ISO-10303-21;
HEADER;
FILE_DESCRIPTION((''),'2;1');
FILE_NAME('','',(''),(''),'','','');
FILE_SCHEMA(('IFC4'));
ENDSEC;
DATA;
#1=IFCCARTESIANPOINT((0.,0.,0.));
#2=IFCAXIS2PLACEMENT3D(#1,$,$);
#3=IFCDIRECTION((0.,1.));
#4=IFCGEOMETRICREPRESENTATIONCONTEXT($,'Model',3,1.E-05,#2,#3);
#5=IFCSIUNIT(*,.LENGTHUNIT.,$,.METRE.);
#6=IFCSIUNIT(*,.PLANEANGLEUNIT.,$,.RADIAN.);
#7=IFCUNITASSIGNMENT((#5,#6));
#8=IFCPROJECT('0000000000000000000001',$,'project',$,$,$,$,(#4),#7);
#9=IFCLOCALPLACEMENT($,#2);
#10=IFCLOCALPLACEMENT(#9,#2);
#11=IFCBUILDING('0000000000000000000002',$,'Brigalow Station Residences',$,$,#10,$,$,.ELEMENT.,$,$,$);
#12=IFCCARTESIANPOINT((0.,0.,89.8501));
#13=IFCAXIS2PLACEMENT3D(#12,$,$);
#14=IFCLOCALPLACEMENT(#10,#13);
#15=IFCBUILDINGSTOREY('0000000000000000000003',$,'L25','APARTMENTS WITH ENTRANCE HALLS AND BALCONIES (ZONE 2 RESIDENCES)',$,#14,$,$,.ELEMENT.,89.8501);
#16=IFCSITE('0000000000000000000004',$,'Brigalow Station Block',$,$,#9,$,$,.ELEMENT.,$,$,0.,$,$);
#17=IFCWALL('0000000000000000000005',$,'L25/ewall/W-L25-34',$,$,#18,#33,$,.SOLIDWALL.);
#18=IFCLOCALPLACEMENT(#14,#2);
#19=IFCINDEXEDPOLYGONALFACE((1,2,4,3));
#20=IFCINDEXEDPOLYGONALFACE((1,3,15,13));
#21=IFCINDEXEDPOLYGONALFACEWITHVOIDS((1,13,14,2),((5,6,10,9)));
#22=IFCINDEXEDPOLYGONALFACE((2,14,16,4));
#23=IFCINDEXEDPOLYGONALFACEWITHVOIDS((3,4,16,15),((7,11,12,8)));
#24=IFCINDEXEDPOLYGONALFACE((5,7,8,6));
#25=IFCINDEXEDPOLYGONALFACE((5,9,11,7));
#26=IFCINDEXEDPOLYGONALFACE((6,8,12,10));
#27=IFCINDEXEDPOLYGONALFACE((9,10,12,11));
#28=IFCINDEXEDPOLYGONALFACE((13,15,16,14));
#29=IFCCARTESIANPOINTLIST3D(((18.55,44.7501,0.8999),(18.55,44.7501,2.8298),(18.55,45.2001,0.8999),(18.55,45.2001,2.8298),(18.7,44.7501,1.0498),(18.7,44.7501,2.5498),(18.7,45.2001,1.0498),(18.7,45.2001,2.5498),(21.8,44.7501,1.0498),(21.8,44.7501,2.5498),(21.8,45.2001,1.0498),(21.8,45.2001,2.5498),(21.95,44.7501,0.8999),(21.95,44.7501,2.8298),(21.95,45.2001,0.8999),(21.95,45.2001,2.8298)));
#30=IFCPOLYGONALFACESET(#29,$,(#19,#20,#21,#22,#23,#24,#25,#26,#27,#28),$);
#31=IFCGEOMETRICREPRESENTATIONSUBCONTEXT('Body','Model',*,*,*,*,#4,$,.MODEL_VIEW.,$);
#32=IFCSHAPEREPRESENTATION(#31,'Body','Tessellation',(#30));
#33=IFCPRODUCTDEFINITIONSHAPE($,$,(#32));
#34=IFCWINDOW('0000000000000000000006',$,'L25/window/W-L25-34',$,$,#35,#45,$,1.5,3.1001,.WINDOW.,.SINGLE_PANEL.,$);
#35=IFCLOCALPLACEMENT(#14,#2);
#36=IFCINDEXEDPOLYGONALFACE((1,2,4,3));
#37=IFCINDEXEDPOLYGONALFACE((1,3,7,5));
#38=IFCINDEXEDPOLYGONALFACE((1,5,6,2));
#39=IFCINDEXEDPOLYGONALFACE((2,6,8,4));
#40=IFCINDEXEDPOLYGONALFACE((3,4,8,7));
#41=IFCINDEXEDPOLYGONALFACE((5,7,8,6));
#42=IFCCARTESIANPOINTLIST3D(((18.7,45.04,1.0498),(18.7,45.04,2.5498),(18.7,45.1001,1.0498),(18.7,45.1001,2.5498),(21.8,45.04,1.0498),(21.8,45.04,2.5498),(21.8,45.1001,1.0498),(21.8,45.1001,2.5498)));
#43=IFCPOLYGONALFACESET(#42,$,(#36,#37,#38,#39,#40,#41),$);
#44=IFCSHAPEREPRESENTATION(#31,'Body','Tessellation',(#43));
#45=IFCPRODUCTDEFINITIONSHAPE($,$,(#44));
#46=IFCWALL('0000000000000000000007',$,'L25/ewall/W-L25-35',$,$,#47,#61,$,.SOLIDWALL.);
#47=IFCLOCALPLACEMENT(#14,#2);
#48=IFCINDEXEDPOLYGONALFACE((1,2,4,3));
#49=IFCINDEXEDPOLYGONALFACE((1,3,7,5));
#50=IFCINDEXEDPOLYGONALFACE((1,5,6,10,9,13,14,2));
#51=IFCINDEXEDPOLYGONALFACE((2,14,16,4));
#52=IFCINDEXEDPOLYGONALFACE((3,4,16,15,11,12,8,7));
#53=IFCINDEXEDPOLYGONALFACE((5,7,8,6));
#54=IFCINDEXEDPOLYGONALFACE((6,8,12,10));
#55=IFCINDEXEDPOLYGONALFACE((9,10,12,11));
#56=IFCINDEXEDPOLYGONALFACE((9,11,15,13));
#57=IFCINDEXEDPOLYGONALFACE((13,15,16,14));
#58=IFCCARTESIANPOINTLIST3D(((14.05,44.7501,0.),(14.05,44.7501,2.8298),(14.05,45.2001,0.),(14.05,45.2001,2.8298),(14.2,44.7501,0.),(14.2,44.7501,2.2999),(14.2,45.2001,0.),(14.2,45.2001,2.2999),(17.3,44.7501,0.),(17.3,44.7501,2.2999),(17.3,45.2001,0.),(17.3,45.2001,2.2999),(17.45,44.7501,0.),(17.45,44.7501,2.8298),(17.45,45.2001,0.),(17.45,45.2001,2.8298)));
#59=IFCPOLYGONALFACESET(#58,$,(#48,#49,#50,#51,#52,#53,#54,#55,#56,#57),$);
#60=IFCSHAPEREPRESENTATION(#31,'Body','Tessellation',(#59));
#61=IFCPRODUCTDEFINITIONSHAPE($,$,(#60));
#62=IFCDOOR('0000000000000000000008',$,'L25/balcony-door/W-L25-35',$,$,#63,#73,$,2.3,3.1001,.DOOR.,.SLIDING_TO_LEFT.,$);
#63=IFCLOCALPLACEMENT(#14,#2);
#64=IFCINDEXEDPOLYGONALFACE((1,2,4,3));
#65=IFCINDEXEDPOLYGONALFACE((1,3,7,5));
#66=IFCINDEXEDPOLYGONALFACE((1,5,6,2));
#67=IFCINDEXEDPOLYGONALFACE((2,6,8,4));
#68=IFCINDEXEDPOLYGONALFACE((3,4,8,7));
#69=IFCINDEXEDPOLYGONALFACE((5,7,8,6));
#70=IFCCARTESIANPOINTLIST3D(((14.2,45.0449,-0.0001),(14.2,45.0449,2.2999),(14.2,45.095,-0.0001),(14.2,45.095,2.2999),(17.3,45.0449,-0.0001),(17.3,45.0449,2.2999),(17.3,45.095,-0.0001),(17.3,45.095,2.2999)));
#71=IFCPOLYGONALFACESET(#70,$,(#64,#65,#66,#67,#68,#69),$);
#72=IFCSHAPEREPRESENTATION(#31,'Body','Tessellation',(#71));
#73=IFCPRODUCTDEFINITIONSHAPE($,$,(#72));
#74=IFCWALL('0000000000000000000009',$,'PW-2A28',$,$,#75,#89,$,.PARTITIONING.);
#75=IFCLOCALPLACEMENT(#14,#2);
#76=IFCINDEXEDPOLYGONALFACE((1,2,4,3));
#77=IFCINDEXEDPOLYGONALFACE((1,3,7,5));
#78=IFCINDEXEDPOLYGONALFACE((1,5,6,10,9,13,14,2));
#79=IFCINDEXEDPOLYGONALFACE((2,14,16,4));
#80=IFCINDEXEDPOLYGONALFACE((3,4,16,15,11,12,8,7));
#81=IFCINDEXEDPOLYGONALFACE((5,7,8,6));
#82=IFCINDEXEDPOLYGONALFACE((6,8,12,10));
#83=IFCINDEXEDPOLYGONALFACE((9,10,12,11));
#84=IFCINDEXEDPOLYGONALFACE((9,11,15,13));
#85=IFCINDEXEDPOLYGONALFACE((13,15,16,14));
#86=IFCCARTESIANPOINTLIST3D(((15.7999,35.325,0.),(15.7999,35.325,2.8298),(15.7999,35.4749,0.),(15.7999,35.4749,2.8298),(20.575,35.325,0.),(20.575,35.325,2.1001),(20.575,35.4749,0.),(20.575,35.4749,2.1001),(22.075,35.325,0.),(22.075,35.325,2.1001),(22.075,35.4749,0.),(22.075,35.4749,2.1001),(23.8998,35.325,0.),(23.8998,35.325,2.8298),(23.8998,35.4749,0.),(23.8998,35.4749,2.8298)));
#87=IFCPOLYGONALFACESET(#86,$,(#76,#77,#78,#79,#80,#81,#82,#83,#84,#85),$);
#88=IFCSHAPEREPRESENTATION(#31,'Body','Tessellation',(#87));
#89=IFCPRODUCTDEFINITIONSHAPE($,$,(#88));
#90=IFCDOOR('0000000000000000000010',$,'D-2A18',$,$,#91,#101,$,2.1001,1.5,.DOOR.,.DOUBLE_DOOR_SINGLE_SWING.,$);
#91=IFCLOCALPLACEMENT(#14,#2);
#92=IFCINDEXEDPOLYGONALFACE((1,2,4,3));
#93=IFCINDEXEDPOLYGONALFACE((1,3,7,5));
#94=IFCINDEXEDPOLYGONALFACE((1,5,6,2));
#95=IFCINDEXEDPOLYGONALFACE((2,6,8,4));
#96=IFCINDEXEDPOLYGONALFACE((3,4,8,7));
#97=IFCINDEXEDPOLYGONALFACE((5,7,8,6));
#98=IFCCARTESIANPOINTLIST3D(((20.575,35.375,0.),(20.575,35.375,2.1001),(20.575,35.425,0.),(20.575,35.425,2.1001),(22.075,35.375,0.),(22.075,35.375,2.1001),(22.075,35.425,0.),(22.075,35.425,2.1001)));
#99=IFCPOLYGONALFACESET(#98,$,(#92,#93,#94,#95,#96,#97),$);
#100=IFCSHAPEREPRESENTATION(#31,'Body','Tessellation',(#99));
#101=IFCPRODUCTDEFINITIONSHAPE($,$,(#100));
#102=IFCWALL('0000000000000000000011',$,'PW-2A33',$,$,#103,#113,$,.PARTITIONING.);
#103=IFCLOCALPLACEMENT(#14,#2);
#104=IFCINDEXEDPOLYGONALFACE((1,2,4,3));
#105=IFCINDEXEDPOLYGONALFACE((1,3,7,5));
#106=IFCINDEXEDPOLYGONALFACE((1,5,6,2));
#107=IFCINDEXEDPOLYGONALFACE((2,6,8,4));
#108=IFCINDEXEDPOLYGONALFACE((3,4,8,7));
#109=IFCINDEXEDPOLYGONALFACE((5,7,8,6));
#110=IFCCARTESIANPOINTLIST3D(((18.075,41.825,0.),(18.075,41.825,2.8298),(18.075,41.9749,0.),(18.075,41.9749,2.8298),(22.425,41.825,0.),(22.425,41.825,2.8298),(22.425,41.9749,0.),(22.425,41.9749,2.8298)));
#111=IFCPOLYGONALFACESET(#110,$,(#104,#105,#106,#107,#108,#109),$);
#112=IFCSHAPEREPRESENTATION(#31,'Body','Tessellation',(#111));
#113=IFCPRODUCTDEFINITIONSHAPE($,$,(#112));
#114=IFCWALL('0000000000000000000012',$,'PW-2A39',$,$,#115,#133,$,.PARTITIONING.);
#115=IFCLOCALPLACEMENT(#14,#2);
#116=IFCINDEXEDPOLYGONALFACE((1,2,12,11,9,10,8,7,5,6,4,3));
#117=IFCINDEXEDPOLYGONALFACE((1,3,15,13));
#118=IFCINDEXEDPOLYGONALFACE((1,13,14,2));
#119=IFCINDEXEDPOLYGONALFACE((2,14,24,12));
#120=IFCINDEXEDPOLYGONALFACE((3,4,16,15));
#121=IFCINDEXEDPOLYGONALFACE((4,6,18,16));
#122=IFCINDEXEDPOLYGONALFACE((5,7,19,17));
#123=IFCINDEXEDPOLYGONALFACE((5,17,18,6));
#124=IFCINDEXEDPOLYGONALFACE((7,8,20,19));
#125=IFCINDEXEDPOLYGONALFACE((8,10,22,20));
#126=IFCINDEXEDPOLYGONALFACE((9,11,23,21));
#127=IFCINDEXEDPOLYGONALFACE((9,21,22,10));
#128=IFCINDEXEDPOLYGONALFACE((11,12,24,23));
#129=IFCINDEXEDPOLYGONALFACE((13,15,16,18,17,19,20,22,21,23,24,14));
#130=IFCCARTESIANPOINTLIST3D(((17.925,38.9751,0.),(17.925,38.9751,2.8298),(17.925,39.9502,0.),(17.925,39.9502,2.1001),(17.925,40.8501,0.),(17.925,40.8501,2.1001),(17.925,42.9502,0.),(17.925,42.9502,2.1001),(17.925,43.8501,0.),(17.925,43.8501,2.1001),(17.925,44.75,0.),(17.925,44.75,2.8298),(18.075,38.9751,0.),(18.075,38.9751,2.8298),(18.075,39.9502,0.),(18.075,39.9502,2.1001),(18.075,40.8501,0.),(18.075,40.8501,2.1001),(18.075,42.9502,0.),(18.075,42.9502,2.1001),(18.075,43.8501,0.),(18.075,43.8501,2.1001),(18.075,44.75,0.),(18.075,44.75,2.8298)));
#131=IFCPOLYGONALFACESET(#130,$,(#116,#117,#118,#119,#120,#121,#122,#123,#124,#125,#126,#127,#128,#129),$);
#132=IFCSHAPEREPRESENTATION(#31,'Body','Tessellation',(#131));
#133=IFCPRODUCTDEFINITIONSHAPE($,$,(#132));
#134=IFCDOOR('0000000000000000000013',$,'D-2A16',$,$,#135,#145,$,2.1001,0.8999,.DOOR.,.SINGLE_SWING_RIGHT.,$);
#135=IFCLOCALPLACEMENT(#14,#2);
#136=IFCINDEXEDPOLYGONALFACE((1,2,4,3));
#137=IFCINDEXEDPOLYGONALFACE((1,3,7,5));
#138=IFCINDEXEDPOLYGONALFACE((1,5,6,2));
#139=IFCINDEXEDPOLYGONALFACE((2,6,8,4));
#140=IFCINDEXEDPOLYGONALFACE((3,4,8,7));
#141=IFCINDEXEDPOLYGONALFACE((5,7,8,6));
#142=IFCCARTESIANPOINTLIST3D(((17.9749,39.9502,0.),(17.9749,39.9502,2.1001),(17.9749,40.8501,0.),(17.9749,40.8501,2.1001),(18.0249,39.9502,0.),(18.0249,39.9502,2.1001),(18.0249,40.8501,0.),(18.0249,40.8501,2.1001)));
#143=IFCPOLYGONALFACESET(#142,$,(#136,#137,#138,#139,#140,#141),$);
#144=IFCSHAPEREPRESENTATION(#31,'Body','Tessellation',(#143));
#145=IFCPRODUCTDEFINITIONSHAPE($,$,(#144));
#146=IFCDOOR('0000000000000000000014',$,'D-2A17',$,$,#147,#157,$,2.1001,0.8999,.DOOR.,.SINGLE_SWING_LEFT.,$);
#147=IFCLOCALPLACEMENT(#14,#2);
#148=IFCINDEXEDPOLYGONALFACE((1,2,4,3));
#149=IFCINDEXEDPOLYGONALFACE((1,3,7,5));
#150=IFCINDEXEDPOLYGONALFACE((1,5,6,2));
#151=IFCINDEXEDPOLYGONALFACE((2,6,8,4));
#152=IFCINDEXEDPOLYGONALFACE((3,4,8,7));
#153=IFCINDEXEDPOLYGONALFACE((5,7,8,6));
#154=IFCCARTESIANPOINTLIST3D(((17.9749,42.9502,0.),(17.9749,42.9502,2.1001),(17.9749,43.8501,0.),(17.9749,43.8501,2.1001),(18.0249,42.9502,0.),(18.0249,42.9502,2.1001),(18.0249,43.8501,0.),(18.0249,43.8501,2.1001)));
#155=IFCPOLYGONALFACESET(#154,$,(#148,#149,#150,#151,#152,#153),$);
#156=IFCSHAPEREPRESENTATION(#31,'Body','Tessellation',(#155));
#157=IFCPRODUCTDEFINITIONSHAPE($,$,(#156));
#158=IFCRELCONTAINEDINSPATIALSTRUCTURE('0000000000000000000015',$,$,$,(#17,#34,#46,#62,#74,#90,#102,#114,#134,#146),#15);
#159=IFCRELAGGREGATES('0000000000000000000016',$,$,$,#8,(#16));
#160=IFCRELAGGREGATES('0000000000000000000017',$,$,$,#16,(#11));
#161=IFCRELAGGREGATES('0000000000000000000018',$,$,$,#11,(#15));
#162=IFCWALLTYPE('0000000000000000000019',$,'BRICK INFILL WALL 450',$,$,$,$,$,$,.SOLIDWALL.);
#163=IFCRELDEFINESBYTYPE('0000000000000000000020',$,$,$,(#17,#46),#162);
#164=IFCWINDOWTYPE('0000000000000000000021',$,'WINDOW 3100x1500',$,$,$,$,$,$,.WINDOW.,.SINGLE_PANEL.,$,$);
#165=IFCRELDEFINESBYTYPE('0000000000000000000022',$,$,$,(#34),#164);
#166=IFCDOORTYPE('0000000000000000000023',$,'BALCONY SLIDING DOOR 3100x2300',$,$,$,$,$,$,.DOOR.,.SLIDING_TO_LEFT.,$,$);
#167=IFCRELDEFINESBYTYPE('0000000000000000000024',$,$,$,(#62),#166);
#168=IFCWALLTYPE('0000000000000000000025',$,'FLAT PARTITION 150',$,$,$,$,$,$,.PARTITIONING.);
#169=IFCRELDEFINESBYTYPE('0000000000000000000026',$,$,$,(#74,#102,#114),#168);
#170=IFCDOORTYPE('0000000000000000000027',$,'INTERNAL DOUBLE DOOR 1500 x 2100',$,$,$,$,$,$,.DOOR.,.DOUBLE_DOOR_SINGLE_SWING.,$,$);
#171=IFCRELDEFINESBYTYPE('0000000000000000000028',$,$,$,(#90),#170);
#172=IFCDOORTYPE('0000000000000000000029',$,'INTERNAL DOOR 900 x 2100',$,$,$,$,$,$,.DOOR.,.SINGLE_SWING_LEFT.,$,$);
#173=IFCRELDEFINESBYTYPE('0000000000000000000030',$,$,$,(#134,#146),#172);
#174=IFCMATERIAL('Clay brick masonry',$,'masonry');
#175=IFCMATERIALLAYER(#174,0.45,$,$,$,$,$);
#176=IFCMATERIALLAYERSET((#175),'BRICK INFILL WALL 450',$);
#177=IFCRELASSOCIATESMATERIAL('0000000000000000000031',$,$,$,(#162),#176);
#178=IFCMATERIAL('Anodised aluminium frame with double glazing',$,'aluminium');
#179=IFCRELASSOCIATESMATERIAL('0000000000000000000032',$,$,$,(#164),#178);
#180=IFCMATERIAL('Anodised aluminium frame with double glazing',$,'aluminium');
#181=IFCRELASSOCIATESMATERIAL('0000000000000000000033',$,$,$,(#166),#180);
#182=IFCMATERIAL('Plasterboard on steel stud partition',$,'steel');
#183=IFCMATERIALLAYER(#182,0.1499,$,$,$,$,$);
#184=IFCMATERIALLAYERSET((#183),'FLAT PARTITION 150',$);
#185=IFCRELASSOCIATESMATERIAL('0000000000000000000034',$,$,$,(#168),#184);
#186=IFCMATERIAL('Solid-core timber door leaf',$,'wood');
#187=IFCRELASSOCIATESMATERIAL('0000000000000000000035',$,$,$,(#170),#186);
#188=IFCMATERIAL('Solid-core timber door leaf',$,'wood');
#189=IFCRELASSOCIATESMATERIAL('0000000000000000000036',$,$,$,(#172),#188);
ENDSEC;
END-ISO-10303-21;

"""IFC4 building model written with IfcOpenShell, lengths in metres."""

from ifc_helpers import new_model, si_unit, direction, frame, frame_2d, origin, place, context, subcontext, project, spatial, rectangle, extrude, material, layer, layer_set, type_object, element, fill, save


model = new_model("IFC4")

# Units and contexts
model_context = context("Model", 3, precision=1e-05, world=origin(), true_north=direction((0.0, 1.0)))
body_context = subcontext(model_context, "Body", "Model", "MODEL_VIEW")
ifc_project = project(units=[si_unit("LENGTHUNIT", "METRE"), si_unit("PLANEANGLEUNIT", "RADIAN")], contexts=[model_context])

# Site, building, storey
site_placement = place(None, origin())
site = spatial("IfcSite", under=ifc_project, at=site_placement, Name="Brigalow Station Block", CompositionType="ELEMENT", RefElevation=0.0)
building_placement = place(site_placement, origin())
building = spatial("IfcBuilding", under=site, at=building_placement, Name="Brigalow Station Residences", CompositionType="ELEMENT")
storey_placement = place(building_placement, frame((0.0, 0.0, 89.8501)))
storey = spatial("IfcBuildingStorey", under=building, at=storey_placement, Name="L25", Description="APARTMENTS WITH ENTRANCE HALLS AND BALCONIES (ZONE 2 RESIDENCES)", CompositionType="ELEMENT", Elevation=89.8501)

# Wall, opening, window
ifc_material_1 = material(Name="Clay brick masonry", Category="masonry")
ifc_layer_1 = layer(ifc_material_1, 0.45)
ifc_layer_set_1 = layer_set([ifc_layer_1], Name="BRICK INFILL WALL 450")
wall_type_1 = type_object("IfcWallType", Name="BRICK INFILL WALL 450", PredefinedType="SOLIDWALL", material=ifc_layer_set_1)
ifc_material_2 = material(Name="Anodised aluminium frame with double glazing", Category="aluminium")
window_type = type_object("IfcWindowType", Name="WINDOW 3100x1500", PartitioningType="SINGLE_PANEL", PredefinedType="WINDOW", material=ifc_material_2)
wall_1_placement = place(storey_placement, frame((21.95, 44.9751, 0.8999), z_axis=(0.0, 0.0, 1.0), x_axis=(-1.0, 0.0, 0.0)))
wall_1 = element("IfcWall", 1, at=wall_1_placement, inside=storey, type_object=wall_type_1, Name="L25/ewall/W-L25-34", PredefinedType="SOLIDWALL", context=body_context, shape_type="SweptSolid", body=[
    extrude(rectangle(XDim=3.3999, YDim=0.45, at=frame_2d((1.7, 0.0))), origin(), (0.0, 0.0, 1.0), 1.9299),
])
opening_1_placement = place(wall_1_placement, frame((0.1499, 0.0, 0.1499)))
opening_1 = element("IfcOpeningElement", 2, at=opening_1_placement, cuts=wall_1, PredefinedType="OPENING", context=body_context, shape_type="SweptSolid", body=[
    extrude(rectangle(XDim=3.1001, YDim=1.5, at=frame_2d((1.55, 0.75))), frame((0.0, 0.2349, 0.0), z_axis=(0.0, -1.0, 0.0), x_axis=(1.0, 0.0, 0.0)), (0.0, 0.0, 1.0), 0.47),
])
window_1_placement = place(opening_1_placement, origin())
window_1 = element("IfcWindow", 3, at=window_1_placement, inside=storey, type_object=window_type, Name="L25/window/W-L25-34", OverallHeight=1.5, OverallWidth=3.1001, PartitioningType="SINGLE_PANEL", PredefinedType="WINDOW", context=body_context, shape_type="SweptSolid", body=[
    extrude(rectangle(XDim=3.1001, YDim=1.5, at=frame_2d((1.55, 0.75))), frame((0.0, -0.0649, 0.0), z_axis=(0.0, -1.0, 0.0), x_axis=(1.0, 0.0, 0.0)), (0.0, 0.0, 1.0), 0.0601),
])
fill(opening_1, window_1)

# Walls, openings, doors
wall_2_placement = place(storey_placement, frame((17.45, 44.9751, 0.0), z_axis=(0.0, 0.0, 1.0), x_axis=(-1.0, 0.0, 0.0)))
wall_2 = element("IfcWall", 4, at=wall_2_placement, inside=storey, type_object=wall_type_1, Name="L25/ewall/W-L25-35", PredefinedType="SOLIDWALL", context=body_context, shape_type="SweptSolid", body=[
    extrude(rectangle(XDim=3.3999, YDim=0.45, at=frame_2d((1.7, 0.0))), origin(), (0.0, 0.0, 1.0), 2.8298),
])
opening_2_placement = place(wall_2_placement, frame((0.1499, 0.0, 0.0)))
opening_2 = element("IfcOpeningElement", 5, at=opening_2_placement, cuts=wall_2, PredefinedType="OPENING", context=body_context, shape_type="SweptSolid", body=[
    extrude(rectangle(XDim=3.1001, YDim=2.3, at=frame_2d((1.55, 1.1499))), frame((0.0, 0.2349, 0.0), z_axis=(0.0, -1.0, 0.0), x_axis=(1.0, 0.0, 0.0)), (0.0, 0.0, 1.0), 0.47),
])
ifc_material_3 = material(Name="Anodised aluminium frame with double glazing", Category="aluminium")
door_type_1 = type_object("IfcDoorType", Name="BALCONY SLIDING DOOR 3100x2300", OperationType="SLIDING_TO_LEFT", PredefinedType="DOOR", material=ifc_material_3)
door_1_placement = place(opening_2_placement, origin())
door_1 = element("IfcDoor", 6, at=door_1_placement, inside=storey, type_object=door_type_1, Name="L25/balcony-door/W-L25-35", OperationType="SLIDING_TO_LEFT", OverallHeight=2.3, OverallWidth=3.1001, PredefinedType="DOOR", context=body_context, shape_type="SweptSolid", body=[
    extrude(rectangle(XDim=3.1001, YDim=2.3, at=frame_2d((1.55, 1.1499))), frame((0.0, -0.0698, 0.0), z_axis=(0.0, -1.0, 0.0), x_axis=(1.0, 0.0, 0.0)), (0.0, 0.0, 1.0), 0.05),
])
fill(opening_2, door_1)
ifc_material_4 = material(Name="Plasterboard on steel stud partition", Category="steel")
ifc_layer_2 = layer(ifc_material_4, 0.1499)
ifc_layer_set_2 = layer_set([ifc_layer_2], Name="FLAT PARTITION 150")
wall_type_2 = type_object("IfcWallType", Name="FLAT PARTITION 150", PredefinedType="PARTITIONING", material=ifc_layer_set_2)
wall_3_placement = place(storey_placement, frame((15.8, 35.3999, 0.0), z_axis=(0.0, 0.0, 1.0), x_axis=(1.0, 0.0, 0.0)))
wall_3 = element("IfcWall", 7, at=wall_3_placement, inside=storey, type_object=wall_type_2, Name="PW-2A28", PredefinedType="PARTITIONING", context=body_context, shape_type="SweptSolid", body=[
    extrude(rectangle(XDim=8.0999, YDim=0.1499, at=frame_2d((4.0498, 0.0))), origin(), (0.0, 0.0, 1.0), 2.8298),
])
opening_3_placement = place(wall_3_placement, frame((4.7749, 0.0, 0.0)))
opening_3 = element("IfcOpeningElement", 8, at=opening_3_placement, cuts=wall_3, PredefinedType="OPENING", context=body_context, shape_type="SweptSolid", body=[
    extrude(rectangle(XDim=1.5, YDim=2.1001, at=frame_2d((0.75, 1.05))), frame((0.0, 0.085, 0.0), z_axis=(0.0, -1.0, 0.0), x_axis=(1.0, 0.0, 0.0)), (0.0, 0.0, 1.0), 0.1699),
])
ifc_material_5 = material(Name="Solid-core timber door leaf", Category="wood")
door_type_2 = type_object("IfcDoorType", Name="INTERNAL DOUBLE DOOR 1500 x 2100", OperationType="DOUBLE_DOOR_SINGLE_SWING", PredefinedType="DOOR", material=ifc_material_5)
door_2_placement = place(opening_3_placement, frame((1.5, 0.0, 0.0), z_axis=(0.0, 0.0, 1.0), x_axis=(-1.0, 0.0, 0.0)))
door_2 = element("IfcDoor", 9, at=door_2_placement, inside=storey, type_object=door_type_2, Name="D-2A18", OperationType="DOUBLE_DOOR_SINGLE_SWING", OverallHeight=2.1001, OverallWidth=1.5, PredefinedType="DOOR", context=body_context, shape_type="SweptSolid", body=[
    extrude(rectangle(XDim=1.5, YDim=2.1001, at=frame_2d((0.75, 1.05))), frame((0.0, 0.0249, 0.0), z_axis=(0.0, -1.0, 0.0), x_axis=(1.0, 0.0, 0.0)), (0.0, 0.0, 1.0), 0.05),
])
fill(opening_3, door_2)

# Wall
wall_4_placement = place(storey_placement, frame((18.075, 41.8999, 0.0), z_axis=(0.0, 0.0, 1.0), x_axis=(1.0, 0.0, 0.0)))
element("IfcWall", 10, at=wall_4_placement, inside=storey, type_object=wall_type_2, Name="PW-2A33", PredefinedType="PARTITIONING", context=body_context, shape_type="SweptSolid", body=[
    extrude(rectangle(XDim=4.3501, YDim=0.1499, at=frame_2d((2.175, 0.0))), origin(), (0.0, 0.0, 1.0), 2.8298),
])

# Wall, openings, doors
wall_5_placement = place(storey_placement, frame((18.0, 38.9751, 0.0), z_axis=(0.0, 0.0, 1.0), x_axis=(0.0, 1.0, 0.0)))
wall_5 = element("IfcWall", 11, at=wall_5_placement, inside=storey, type_object=wall_type_2, Name="PW-2A39", PredefinedType="PARTITIONING", context=body_context, shape_type="SweptSolid", body=[
    extrude(rectangle(XDim=5.7749, YDim=0.1499, at=frame_2d((2.8875, 0.0))), origin(), (0.0, 0.0, 1.0), 2.8298),
])
opening_4_placement = place(wall_5_placement, frame((0.9751, 0.0, 0.0)))
opening_4 = element("IfcOpeningElement", 12, at=opening_4_placement, cuts=wall_5, PredefinedType="OPENING", context=body_context, shape_type="SweptSolid", body=[
    extrude(rectangle(XDim=0.8999, YDim=2.1001, at=frame_2d((0.45, 1.05))), frame((0.0, 0.085, 0.0), z_axis=(0.0, -1.0, 0.0), x_axis=(1.0, 0.0, 0.0)), (0.0, 0.0, 1.0), 0.1699),
])
opening_5_placement = place(wall_5_placement, frame((3.9751, 0.0, 0.0)))
opening_5 = element("IfcOpeningElement", 13, at=opening_5_placement, cuts=wall_5, PredefinedType="OPENING", context=body_context, shape_type="SweptSolid", body=[
    extrude(rectangle(XDim=0.8999, YDim=2.1001, at=frame_2d((0.45, 1.05))), frame((0.0, 0.085, 0.0), z_axis=(0.0, -1.0, 0.0), x_axis=(1.0, 0.0, 0.0)), (0.0, 0.0, 1.0), 0.1699),
])
ifc_material_6 = material(Name="Solid-core timber door leaf", Category="wood")
door_type_3 = type_object("IfcDoorType", Name="INTERNAL DOOR 900 x 2100", OperationType="SINGLE_SWING_LEFT", PredefinedType="DOOR", material=ifc_material_6)
door_3_placement = place(opening_4_placement, frame((0.8999, 0.0, 0.0), z_axis=(0.0, 0.0, 1.0), x_axis=(-1.0, 0.0, 0.0)))
door_3 = element("IfcDoor", 14, at=door_3_placement, inside=storey, type_object=door_type_3, Name="D-2A16", OperationType="SINGLE_SWING_RIGHT", OverallHeight=2.1001, OverallWidth=0.8999, PredefinedType="DOOR", context=body_context, shape_type="SweptSolid", body=[
    extrude(rectangle(XDim=0.8999, YDim=2.1001, at=frame_2d((0.45, 1.05))), frame((0.0, 0.0249, 0.0), z_axis=(0.0, -1.0, 0.0), x_axis=(1.0, 0.0, 0.0)), (0.0, 0.0, 1.0), 0.05),
])
fill(opening_4, door_3)
door_4_placement = place(opening_5_placement, frame((0.8999, 0.0, 0.0), z_axis=(0.0, 0.0, 1.0), x_axis=(-1.0, 0.0, 0.0)))
door_4 = element("IfcDoor", 15, at=door_4_placement, inside=storey, type_object=door_type_3, Name="D-2A17", OperationType="SINGLE_SWING_LEFT", OverallHeight=2.1001, OverallWidth=0.8999, PredefinedType="DOOR", context=body_context, shape_type="SweptSolid", body=[
    extrude(rectangle(XDim=0.8999, YDim=2.1001, at=frame_2d((0.45, 1.05))), frame((0.0, 0.0249, 0.0), z_axis=(0.0, -1.0, 0.0), x_axis=(1.0, 0.0, 0.0)), (0.0, 0.0, 1.0), 0.05),
])
fill(opening_5, door_4)

save(model, "model.ifc")
